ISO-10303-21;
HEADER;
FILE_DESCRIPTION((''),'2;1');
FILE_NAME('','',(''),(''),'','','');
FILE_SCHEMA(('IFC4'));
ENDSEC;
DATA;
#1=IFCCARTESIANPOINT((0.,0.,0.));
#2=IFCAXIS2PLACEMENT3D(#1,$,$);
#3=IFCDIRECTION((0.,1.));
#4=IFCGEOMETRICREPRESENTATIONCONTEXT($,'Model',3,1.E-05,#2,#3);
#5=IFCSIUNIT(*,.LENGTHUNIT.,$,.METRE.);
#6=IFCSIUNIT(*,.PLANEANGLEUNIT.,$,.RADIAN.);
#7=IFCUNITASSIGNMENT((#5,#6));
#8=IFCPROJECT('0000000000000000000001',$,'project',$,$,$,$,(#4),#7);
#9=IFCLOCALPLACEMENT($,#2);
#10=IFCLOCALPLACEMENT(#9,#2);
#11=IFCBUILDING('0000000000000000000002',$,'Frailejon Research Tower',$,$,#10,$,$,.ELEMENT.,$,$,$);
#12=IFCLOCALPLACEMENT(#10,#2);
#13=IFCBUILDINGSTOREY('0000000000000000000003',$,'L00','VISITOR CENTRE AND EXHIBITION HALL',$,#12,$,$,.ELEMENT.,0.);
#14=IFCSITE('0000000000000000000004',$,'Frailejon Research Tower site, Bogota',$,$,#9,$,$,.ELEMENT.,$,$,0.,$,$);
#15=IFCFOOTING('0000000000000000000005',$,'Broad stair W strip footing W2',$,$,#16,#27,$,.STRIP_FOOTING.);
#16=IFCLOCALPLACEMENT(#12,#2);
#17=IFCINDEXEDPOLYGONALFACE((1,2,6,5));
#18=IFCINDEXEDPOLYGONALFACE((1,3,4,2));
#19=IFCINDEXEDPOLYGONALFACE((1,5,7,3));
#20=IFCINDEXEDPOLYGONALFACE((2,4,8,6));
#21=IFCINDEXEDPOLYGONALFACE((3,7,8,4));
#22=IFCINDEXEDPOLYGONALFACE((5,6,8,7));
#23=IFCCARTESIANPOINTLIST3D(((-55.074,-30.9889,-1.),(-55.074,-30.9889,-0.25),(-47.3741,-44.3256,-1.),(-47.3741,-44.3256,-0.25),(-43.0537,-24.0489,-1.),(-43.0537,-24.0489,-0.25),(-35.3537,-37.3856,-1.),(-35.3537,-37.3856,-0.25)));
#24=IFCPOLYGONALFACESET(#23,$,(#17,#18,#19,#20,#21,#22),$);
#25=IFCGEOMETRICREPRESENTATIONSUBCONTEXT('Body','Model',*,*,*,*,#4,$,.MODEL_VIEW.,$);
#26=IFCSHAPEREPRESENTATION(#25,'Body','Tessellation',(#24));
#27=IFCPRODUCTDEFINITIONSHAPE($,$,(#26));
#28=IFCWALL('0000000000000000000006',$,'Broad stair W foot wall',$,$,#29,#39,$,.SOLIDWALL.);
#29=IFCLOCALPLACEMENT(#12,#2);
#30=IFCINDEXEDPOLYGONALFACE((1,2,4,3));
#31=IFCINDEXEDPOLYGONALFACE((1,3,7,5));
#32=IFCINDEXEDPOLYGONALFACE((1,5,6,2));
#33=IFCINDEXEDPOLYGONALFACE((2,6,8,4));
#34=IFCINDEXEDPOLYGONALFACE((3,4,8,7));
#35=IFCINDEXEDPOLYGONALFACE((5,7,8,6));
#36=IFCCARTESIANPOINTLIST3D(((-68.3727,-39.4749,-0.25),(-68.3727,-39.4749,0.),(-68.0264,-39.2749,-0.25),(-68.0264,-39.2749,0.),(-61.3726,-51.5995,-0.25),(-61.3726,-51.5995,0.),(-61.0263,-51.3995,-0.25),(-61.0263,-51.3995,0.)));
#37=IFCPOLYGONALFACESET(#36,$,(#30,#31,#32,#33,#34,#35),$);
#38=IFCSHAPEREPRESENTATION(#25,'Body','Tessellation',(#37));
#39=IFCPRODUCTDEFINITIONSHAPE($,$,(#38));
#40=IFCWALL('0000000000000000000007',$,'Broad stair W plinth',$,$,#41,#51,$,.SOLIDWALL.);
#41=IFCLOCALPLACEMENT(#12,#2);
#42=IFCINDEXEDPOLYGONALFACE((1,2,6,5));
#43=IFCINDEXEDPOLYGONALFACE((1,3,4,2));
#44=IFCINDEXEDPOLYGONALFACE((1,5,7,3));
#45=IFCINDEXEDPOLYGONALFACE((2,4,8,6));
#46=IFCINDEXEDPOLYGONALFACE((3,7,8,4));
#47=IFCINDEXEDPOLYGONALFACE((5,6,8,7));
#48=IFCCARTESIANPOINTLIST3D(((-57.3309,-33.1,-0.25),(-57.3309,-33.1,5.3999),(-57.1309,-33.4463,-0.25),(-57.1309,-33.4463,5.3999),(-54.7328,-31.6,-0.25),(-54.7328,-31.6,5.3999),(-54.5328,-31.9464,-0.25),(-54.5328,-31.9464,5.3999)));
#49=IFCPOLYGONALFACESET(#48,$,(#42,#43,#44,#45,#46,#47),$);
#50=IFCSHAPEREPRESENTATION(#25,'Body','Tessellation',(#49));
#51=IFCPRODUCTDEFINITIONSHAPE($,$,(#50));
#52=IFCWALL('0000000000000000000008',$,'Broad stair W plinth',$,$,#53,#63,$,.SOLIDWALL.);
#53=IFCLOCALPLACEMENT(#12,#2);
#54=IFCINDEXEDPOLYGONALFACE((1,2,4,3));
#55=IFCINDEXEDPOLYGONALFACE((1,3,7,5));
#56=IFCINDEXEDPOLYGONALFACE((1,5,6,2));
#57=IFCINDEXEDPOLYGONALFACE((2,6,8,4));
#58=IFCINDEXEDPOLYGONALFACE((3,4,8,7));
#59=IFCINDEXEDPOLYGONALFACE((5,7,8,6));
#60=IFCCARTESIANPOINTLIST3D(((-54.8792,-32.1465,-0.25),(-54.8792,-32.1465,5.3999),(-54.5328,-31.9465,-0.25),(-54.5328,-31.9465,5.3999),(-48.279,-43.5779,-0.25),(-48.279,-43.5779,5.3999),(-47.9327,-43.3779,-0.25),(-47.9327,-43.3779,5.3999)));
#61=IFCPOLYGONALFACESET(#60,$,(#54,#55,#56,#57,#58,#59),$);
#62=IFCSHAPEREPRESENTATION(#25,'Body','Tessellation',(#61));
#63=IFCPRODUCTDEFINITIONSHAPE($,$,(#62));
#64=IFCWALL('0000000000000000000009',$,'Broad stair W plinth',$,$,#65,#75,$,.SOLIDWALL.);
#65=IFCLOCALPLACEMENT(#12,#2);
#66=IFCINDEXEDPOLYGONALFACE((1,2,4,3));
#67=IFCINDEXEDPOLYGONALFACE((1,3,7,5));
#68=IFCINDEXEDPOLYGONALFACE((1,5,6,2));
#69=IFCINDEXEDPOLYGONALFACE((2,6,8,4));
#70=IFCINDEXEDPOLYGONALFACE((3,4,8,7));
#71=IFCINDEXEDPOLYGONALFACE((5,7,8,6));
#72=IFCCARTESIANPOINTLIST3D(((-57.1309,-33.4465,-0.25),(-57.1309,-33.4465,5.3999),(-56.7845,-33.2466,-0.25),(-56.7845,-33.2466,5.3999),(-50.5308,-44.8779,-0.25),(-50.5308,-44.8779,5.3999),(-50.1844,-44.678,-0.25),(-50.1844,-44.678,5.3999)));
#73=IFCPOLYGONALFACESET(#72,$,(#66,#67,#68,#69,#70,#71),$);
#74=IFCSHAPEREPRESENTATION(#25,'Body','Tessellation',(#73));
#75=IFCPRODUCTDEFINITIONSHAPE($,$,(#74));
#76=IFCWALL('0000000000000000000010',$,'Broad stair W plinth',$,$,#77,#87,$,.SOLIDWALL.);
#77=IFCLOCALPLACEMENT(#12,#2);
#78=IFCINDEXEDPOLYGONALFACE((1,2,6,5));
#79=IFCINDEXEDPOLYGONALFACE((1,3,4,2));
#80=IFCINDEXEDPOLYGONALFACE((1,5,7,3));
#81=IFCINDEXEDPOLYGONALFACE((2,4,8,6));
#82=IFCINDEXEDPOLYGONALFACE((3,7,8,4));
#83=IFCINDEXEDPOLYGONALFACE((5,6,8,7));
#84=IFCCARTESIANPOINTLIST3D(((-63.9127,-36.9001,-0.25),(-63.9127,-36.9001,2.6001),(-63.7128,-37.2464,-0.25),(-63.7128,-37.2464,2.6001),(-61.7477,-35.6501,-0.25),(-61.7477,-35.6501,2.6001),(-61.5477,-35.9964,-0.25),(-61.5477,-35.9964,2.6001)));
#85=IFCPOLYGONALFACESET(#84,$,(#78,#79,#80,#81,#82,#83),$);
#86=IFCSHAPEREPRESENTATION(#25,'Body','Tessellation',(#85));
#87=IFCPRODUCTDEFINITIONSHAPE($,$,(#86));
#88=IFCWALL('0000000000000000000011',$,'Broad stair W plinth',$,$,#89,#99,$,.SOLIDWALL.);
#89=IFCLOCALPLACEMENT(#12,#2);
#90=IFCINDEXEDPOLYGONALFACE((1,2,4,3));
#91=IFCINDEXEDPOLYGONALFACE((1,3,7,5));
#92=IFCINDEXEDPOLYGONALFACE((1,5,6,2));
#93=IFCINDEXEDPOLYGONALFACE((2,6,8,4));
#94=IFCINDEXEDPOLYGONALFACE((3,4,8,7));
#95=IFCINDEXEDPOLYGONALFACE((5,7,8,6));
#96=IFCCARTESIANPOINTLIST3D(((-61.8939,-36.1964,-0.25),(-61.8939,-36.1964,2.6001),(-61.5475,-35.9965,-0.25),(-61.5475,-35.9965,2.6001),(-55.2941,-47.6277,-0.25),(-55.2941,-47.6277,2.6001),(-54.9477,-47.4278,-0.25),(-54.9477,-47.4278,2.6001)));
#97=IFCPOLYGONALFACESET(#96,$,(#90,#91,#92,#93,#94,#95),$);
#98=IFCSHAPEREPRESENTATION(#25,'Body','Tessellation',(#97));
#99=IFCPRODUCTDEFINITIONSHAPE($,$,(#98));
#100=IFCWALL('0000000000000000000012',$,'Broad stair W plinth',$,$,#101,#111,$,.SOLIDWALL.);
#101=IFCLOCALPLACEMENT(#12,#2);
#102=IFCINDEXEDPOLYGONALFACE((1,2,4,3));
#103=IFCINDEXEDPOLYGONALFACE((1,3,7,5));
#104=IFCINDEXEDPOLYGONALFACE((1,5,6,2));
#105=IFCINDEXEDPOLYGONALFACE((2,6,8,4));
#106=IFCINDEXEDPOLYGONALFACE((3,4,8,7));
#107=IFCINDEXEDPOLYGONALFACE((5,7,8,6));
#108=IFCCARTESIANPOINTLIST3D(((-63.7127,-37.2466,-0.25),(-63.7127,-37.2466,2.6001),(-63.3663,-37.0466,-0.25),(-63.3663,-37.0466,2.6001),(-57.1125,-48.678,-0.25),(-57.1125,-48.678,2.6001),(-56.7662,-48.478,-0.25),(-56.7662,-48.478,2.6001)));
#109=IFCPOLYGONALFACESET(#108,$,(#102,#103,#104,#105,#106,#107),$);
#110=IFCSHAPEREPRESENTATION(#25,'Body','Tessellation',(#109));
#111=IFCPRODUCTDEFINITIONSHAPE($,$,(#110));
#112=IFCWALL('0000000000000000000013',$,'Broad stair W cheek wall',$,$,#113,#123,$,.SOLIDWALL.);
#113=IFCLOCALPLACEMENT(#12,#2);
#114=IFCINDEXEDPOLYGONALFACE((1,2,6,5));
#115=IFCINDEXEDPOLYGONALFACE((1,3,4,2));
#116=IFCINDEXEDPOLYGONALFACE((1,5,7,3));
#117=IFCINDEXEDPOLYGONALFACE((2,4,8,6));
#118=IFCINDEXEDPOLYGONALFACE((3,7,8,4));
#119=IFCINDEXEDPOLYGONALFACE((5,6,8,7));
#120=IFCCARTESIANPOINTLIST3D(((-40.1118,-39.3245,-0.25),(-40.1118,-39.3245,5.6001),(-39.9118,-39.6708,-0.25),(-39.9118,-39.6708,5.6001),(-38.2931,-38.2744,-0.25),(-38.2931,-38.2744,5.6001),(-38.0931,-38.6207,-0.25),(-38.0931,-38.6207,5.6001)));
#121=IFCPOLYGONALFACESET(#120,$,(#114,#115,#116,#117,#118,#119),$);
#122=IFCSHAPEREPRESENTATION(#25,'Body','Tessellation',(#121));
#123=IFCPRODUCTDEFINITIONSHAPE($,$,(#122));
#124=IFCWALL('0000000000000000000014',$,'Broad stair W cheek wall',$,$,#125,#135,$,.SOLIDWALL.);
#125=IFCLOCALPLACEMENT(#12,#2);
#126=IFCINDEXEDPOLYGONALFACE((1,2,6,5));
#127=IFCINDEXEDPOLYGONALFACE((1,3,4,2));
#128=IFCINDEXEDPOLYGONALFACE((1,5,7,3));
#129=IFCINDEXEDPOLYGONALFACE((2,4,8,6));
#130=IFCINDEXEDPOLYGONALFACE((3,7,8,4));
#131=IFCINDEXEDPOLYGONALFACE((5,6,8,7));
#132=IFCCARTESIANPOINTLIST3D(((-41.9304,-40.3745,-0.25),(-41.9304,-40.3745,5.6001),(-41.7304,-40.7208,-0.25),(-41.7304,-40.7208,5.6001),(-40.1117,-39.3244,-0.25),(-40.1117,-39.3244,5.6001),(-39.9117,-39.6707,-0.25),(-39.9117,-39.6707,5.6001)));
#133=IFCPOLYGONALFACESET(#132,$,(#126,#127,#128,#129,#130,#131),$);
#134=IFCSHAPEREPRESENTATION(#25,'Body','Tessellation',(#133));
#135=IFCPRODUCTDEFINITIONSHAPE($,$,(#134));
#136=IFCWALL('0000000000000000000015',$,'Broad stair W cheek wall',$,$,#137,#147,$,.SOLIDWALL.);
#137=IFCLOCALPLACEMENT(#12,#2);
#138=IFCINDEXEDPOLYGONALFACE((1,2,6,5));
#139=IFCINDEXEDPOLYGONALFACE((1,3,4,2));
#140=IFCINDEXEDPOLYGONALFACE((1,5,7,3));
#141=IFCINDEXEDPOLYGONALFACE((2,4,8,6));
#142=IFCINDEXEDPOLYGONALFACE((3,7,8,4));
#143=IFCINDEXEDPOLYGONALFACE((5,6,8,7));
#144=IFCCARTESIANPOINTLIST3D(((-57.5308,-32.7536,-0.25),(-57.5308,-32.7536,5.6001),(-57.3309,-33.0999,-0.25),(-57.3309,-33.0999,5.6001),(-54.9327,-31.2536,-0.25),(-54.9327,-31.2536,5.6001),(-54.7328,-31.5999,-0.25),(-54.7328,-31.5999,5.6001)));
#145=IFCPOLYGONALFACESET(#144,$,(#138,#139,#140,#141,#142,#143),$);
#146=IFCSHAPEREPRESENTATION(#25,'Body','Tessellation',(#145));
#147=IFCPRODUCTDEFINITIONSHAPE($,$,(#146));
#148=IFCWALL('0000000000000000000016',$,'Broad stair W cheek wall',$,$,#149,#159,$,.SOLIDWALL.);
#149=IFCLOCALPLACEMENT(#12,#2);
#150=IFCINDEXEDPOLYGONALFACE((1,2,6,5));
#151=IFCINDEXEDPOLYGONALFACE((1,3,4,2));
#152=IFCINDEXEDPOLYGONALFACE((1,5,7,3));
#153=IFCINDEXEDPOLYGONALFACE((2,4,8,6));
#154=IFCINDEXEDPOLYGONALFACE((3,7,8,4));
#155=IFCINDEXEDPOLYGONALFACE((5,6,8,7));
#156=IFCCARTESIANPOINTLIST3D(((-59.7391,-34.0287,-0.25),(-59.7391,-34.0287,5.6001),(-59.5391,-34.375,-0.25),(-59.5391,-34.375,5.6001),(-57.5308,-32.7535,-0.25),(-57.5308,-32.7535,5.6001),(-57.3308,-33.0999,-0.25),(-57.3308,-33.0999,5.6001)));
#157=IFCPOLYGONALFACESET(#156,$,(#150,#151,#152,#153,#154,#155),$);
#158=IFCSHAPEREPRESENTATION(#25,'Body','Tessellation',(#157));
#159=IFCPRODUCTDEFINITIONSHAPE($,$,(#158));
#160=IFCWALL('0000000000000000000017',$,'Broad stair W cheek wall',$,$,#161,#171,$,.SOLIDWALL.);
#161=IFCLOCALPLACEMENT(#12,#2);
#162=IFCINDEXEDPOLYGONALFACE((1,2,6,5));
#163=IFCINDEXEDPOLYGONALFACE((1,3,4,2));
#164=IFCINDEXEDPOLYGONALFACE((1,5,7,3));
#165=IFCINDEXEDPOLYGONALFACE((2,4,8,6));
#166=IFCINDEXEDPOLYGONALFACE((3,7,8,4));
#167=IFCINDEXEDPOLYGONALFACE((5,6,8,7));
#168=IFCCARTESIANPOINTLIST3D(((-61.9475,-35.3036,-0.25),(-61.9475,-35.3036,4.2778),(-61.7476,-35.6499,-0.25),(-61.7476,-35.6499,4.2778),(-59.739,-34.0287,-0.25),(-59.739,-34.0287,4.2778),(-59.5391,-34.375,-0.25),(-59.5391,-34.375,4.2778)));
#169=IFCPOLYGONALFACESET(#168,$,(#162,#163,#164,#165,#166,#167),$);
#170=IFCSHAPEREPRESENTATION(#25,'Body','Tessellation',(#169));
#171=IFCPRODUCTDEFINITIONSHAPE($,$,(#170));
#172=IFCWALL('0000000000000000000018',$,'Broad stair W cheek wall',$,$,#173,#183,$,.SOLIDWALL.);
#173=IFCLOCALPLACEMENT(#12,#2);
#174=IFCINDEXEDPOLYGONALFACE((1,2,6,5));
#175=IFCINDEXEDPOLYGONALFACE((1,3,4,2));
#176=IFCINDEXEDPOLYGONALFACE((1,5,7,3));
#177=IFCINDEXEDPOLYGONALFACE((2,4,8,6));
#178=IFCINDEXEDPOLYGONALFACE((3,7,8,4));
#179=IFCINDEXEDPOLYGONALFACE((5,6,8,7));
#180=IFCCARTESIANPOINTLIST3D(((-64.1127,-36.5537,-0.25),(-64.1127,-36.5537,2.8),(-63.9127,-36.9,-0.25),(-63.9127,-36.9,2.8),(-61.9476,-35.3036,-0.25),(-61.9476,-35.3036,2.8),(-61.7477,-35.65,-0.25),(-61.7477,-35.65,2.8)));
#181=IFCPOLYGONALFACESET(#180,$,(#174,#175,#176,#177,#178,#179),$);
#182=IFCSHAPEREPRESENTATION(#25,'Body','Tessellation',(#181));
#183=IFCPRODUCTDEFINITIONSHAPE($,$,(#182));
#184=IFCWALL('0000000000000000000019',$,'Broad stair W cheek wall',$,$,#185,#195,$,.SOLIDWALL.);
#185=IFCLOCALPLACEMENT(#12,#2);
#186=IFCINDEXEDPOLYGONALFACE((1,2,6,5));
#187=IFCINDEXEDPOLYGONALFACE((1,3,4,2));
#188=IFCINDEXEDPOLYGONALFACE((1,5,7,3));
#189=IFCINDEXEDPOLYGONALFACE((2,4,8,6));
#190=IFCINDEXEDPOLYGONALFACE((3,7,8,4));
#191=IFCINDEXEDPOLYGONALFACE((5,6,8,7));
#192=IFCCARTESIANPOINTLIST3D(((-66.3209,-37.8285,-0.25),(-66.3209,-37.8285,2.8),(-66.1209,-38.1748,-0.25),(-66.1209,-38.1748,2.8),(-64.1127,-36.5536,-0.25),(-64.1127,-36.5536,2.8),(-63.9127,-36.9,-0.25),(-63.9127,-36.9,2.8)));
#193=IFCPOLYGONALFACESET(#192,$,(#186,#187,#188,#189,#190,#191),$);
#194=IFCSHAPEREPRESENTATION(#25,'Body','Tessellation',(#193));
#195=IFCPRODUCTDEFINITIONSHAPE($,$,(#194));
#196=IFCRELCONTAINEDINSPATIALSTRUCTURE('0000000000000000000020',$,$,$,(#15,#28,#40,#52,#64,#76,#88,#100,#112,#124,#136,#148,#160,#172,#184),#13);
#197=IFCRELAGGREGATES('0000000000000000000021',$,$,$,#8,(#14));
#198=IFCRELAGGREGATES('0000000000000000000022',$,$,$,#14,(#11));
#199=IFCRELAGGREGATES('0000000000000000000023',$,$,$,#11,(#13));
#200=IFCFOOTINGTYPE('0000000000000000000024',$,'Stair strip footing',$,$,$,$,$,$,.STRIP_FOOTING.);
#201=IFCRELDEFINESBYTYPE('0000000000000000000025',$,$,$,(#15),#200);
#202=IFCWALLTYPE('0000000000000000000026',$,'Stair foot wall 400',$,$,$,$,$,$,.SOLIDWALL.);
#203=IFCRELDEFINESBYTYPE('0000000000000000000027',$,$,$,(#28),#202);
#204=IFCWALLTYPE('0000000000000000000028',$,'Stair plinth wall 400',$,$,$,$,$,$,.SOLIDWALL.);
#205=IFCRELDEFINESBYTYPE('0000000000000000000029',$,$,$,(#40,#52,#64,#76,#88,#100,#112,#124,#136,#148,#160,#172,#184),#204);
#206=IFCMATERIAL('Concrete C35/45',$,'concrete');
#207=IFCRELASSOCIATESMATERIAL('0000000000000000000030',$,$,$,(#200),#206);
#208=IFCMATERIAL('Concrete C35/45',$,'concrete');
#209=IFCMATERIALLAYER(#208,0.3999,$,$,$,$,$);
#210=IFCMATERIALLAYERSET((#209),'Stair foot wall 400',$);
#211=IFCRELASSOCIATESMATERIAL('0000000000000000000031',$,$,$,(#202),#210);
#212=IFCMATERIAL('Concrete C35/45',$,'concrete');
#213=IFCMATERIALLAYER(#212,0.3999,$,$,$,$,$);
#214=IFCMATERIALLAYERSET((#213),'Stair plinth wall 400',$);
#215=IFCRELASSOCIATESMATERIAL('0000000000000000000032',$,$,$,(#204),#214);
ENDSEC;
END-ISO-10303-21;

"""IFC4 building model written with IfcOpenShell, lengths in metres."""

from ifc_helpers import new_model, si_unit, direction, frame, frame_2d, origin, origin_2d, place, context, subcontext, project, spatial, rectangle, extrude, material, layer, layer_set, type_object, element, save


model = new_model("IFC4")

# Units and contexts
model_context = context("Model", 3, precision=1e-05, world=origin(), true_north=direction((0.0, 1.0)))
body_context = subcontext(model_context, "Body", "Model", "MODEL_VIEW")
ifc_project = project(units=[si_unit("LENGTHUNIT", "METRE"), si_unit("PLANEANGLEUNIT", "RADIAN")], contexts=[model_context])

# Site, building, storey
site_placement = place(None, origin())
site = spatial("IfcSite", under=ifc_project, at=site_placement, Name="Frailejon Research Tower site, Bogota", CompositionType="ELEMENT", RefElevation=0.0)
building_placement = place(site_placement, origin())
building = spatial("IfcBuilding", under=site, at=building_placement, Name="Frailejon Research Tower", CompositionType="ELEMENT")
storey_placement = place(building_placement, origin())
storey = spatial("IfcBuildingStorey", under=building, at=storey_placement, Name="L00", Description="VISITOR CENTRE AND EXHIBITION HALL", CompositionType="ELEMENT", Elevation=0.0)

# Footing
ifc_material_1 = material(Name="Concrete C35/45", Category="concrete")
footing_type = type_object("IfcFootingType", Name="Stair strip footing", PredefinedType="STRIP_FOOTING", material=ifc_material_1)
footing_placement = place(storey_placement, frame((-45.2139, -34.1873, -1.0), z_axis=(0.0, 0.0, 1.0), x_axis=(0.5, -0.866025, 0.0)))
element("IfcFooting", 1, at=footing_placement, inside=storey, type_object=footing_type, Name="Broad stair W strip footing W2", PredefinedType="STRIP_FOOTING", context=body_context, shape_type="SweptSolid", body=[
    extrude(rectangle(XDim=15.3999, YDim=13.8799, at=origin_2d()), origin(), (0.0, 0.0, 1.0), 0.75),
])

# Walls
ifc_material_2 = material(Name="Concrete C35/45", Category="concrete")
ifc_layer_1 = layer(ifc_material_2, 0.3999)
ifc_layer_set_1 = layer_set([ifc_layer_1], Name="Stair foot wall 400")
wall_type_1 = type_object("IfcWallType", Name="Stair foot wall 400", PredefinedType="SOLIDWALL", material=ifc_layer_set_1)
wall_1_placement = place(storey_placement, frame((-68.1995, -39.375, -0.25), z_axis=(0.0, 0.0, 1.0), x_axis=(0.499995, -0.866028, 0.0)))
element("IfcWall", 2, at=wall_1_placement, inside=storey, type_object=wall_type_1, Name="Broad stair W foot wall", PredefinedType="SOLIDWALL", context=body_context, shape_type="SweptSolid", body=[
    extrude(rectangle(XDim=14.0002, YDim=0.3999, at=frame_2d((7.0, 0.0))), origin(), (0.0, 0.0, 1.0), 0.25),
])
ifc_material_3 = material(Name="Concrete C35/45", Category="concrete")
ifc_layer_2 = layer(ifc_material_3, 0.3999)
ifc_layer_set_2 = layer_set([ifc_layer_2], Name="Stair plinth wall 400")
wall_type_2 = type_object("IfcWallType", Name="Stair plinth wall 400", PredefinedType="SOLIDWALL", material=ifc_layer_set_2)
wall_2_placement = place(storey_placement, frame((-54.6328, -31.7732, -0.25), z_axis=(0.0, 0.0, 1.0), x_axis=(-0.866031, -0.49999, 0.0)))
element("IfcWall", 3, at=wall_2_placement, inside=storey, type_object=wall_type_2, Name="Broad stair W plinth", PredefinedType="SOLIDWALL", context=body_context, shape_type="SweptSolid", body=[
    extrude(rectangle(XDim=3.0, YDim=0.3999, at=frame_2d((1.5, 0.0))), origin(), (0.0, 0.0, 1.0), 5.6499),
])
for number, where, z_axis, x_axis, name in (
    (4, (-54.7061, -32.0464, -0.25), (0.0, 0.0, 1.0), (0.50001, -0.86602, 0.0), "Broad stair W plinth"),
    (5, (-56.9578, -33.3464, -0.25), (0.0, 0.0, 1.0), (0.50001, -0.86602, 0.0), "Broad stair W plinth"),
):
    element("IfcWall", number, at=place(storey_placement, frame(where, z_axis=z_axis, x_axis=x_axis)), inside=storey, type_object=wall_type_2, Name=name, PredefinedType="SOLIDWALL", context=body_context, shape_type="SweptSolid", body=[
        extrude(rectangle(XDim=13.2, YDim=0.3999, at=frame_2d((6.6001, 0.0))), origin(), (0.0, 0.0, 1.0), 5.6499),
    ])
wall_3_placement = place(storey_placement, frame((-61.6477, -35.8232, -0.25), z_axis=(0.0, 0.0, 1.0), x_axis=(-0.866023, -0.500004, 0.0)))
element("IfcWall", 6, at=wall_3_placement, inside=storey, type_object=wall_type_2, Name="Broad stair W plinth", PredefinedType="SOLIDWALL", context=body_context, shape_type="SweptSolid", body=[
    extrude(rectangle(XDim=2.5, YDim=0.3999, at=frame_2d((1.25, 0.0))), origin(), (0.0, 0.0, 1.0), 2.8501),
])
wall_4_placement = place(storey_placement, frame((-61.7207, -36.0964, -0.25), z_axis=(0.0, 0.0, 1.0), x_axis=(0.499996, -0.866028, 0.0)))
element("IfcWall", 7, at=wall_4_placement, inside=storey, type_object=wall_type_2, Name="Broad stair W plinth", PredefinedType="SOLIDWALL", context=body_context, shape_type="SweptSolid", body=[
    extrude(rectangle(XDim=13.1997, YDim=0.3999, at=frame_2d((6.5999, 0.0))), origin(), (0.0, 0.0, 1.0), 2.8501),
])
wall_5_placement = place(storey_placement, frame((-63.5396, -37.1465, -0.25), z_axis=(0.0, 0.0, 1.0), x_axis=(0.50001, -0.86602, 0.0)))
element("IfcWall", 8, at=wall_5_placement, inside=storey, type_object=wall_type_2, Name="Broad stair W plinth", PredefinedType="SOLIDWALL", context=body_context, shape_type="SweptSolid", body=[
    extrude(rectangle(XDim=13.2, YDim=0.3999, at=frame_2d((6.6001, 0.0))), origin(), (0.0, 0.0, 1.0), 2.8501),
])
for number, where, z_axis, x_axis, name in (
    (9, (-38.1931, -38.4475, -0.25), (0.0, 0.0, 1.0), (-0.866009, -0.500028, 0.0), "Broad stair W cheek wall"),
    (10, (-40.0117, -39.4976, -0.25), (0.0, 0.0, 1.0), (-0.866009, -0.500028, 0.0), "Broad stair W cheek wall"),
):
    element("IfcWall", number, at=place(storey_placement, frame(where, z_axis=z_axis, x_axis=x_axis)), inside=storey, type_object=wall_type_2, Name=name, PredefinedType="SOLIDWALL", context=body_context, shape_type="SweptSolid", body=[
        extrude(rectangle(XDim=2.1001, YDim=0.3999, at=frame_2d((1.05, 0.0))), origin(), (0.0, 0.0, 1.0), 5.8501),
    ])
wall_6_placement = place(storey_placement, frame((-54.8328, -31.4268, -0.25), z_axis=(0.0, 0.0, 1.0), x_axis=(-0.866031, -0.49999, 0.0)))
element("IfcWall", 11, at=wall_6_placement, inside=storey, type_object=wall_type_2, Name="Broad stair W cheek wall", PredefinedType="SOLIDWALL", context=body_context, shape_type="SweptSolid", body=[
    extrude(rectangle(XDim=3.0, YDim=0.3999, at=frame_2d((1.5, 0.0))), origin(), (0.0, 0.0, 1.0), 5.8501),
])
wall_7_placement = place(storey_placement, frame((-57.4309, -32.9268, -0.25), z_axis=(0.0, 0.0, 1.0), x_axis=(-0.865989, -0.500062, 0.0)))
element("IfcWall", 12, at=wall_7_placement, inside=storey, type_object=wall_type_2, Name="Broad stair W cheek wall", PredefinedType="SOLIDWALL", context=body_context, shape_type="SweptSolid", body=[
    extrude(rectangle(XDim=2.55, YDim=0.3999, at=frame_2d((1.2749, 0.0))), origin(), (0.0, 0.0, 1.0), 5.8501),
])
wall_8_placement = place(storey_placement, frame((-59.6392, -34.2019, -0.25), z_axis=(0.0, 0.0, 1.0), x_axis=(-0.866055, -0.499949, 0.0)))
element("IfcWall", 13, at=wall_8_placement, inside=storey, type_object=wall_type_2, Name="Broad stair W cheek wall", PredefinedType="SOLIDWALL", context=body_context, shape_type="SweptSolid", body=[
    extrude(rectangle(XDim=2.55, YDim=0.3999, at=frame_2d((1.2749, 0.0))), origin(), (0.0, 0.0, 1.0), 4.5278),
])
wall_9_placement = place(storey_placement, frame((-61.8477, -35.4768, -0.25), z_axis=(0.0, 0.0, 1.0), x_axis=(-0.866023, -0.500004, 0.0)))
element("IfcWall", 14, at=wall_9_placement, inside=storey, type_object=wall_type_2, Name="Broad stair W cheek wall", PredefinedType="SOLIDWALL", context=body_context, shape_type="SweptSolid", body=[
    extrude(rectangle(XDim=2.5, YDim=0.3999, at=frame_2d((1.25, 0.0))), origin(), (0.0, 0.0, 1.0), 3.05),
])
wall_10_placement = place(storey_placement, frame((-64.0127, -36.7268, -0.25), z_axis=(0.0, 0.0, 1.0), x_axis=(-0.866031, -0.49999, 0.0)))
element("IfcWall", 15, at=wall_10_placement, inside=storey, type_object=wall_type_2, Name="Broad stair W cheek wall", PredefinedType="SOLIDWALL", context=body_context, shape_type="SweptSolid", body=[
    extrude(rectangle(XDim=2.5498, YDim=0.3999, at=frame_2d((1.2749, 0.0))), origin(), (0.0, 0.0, 1.0), 3.05),
])

save(model, "model.ifc")
